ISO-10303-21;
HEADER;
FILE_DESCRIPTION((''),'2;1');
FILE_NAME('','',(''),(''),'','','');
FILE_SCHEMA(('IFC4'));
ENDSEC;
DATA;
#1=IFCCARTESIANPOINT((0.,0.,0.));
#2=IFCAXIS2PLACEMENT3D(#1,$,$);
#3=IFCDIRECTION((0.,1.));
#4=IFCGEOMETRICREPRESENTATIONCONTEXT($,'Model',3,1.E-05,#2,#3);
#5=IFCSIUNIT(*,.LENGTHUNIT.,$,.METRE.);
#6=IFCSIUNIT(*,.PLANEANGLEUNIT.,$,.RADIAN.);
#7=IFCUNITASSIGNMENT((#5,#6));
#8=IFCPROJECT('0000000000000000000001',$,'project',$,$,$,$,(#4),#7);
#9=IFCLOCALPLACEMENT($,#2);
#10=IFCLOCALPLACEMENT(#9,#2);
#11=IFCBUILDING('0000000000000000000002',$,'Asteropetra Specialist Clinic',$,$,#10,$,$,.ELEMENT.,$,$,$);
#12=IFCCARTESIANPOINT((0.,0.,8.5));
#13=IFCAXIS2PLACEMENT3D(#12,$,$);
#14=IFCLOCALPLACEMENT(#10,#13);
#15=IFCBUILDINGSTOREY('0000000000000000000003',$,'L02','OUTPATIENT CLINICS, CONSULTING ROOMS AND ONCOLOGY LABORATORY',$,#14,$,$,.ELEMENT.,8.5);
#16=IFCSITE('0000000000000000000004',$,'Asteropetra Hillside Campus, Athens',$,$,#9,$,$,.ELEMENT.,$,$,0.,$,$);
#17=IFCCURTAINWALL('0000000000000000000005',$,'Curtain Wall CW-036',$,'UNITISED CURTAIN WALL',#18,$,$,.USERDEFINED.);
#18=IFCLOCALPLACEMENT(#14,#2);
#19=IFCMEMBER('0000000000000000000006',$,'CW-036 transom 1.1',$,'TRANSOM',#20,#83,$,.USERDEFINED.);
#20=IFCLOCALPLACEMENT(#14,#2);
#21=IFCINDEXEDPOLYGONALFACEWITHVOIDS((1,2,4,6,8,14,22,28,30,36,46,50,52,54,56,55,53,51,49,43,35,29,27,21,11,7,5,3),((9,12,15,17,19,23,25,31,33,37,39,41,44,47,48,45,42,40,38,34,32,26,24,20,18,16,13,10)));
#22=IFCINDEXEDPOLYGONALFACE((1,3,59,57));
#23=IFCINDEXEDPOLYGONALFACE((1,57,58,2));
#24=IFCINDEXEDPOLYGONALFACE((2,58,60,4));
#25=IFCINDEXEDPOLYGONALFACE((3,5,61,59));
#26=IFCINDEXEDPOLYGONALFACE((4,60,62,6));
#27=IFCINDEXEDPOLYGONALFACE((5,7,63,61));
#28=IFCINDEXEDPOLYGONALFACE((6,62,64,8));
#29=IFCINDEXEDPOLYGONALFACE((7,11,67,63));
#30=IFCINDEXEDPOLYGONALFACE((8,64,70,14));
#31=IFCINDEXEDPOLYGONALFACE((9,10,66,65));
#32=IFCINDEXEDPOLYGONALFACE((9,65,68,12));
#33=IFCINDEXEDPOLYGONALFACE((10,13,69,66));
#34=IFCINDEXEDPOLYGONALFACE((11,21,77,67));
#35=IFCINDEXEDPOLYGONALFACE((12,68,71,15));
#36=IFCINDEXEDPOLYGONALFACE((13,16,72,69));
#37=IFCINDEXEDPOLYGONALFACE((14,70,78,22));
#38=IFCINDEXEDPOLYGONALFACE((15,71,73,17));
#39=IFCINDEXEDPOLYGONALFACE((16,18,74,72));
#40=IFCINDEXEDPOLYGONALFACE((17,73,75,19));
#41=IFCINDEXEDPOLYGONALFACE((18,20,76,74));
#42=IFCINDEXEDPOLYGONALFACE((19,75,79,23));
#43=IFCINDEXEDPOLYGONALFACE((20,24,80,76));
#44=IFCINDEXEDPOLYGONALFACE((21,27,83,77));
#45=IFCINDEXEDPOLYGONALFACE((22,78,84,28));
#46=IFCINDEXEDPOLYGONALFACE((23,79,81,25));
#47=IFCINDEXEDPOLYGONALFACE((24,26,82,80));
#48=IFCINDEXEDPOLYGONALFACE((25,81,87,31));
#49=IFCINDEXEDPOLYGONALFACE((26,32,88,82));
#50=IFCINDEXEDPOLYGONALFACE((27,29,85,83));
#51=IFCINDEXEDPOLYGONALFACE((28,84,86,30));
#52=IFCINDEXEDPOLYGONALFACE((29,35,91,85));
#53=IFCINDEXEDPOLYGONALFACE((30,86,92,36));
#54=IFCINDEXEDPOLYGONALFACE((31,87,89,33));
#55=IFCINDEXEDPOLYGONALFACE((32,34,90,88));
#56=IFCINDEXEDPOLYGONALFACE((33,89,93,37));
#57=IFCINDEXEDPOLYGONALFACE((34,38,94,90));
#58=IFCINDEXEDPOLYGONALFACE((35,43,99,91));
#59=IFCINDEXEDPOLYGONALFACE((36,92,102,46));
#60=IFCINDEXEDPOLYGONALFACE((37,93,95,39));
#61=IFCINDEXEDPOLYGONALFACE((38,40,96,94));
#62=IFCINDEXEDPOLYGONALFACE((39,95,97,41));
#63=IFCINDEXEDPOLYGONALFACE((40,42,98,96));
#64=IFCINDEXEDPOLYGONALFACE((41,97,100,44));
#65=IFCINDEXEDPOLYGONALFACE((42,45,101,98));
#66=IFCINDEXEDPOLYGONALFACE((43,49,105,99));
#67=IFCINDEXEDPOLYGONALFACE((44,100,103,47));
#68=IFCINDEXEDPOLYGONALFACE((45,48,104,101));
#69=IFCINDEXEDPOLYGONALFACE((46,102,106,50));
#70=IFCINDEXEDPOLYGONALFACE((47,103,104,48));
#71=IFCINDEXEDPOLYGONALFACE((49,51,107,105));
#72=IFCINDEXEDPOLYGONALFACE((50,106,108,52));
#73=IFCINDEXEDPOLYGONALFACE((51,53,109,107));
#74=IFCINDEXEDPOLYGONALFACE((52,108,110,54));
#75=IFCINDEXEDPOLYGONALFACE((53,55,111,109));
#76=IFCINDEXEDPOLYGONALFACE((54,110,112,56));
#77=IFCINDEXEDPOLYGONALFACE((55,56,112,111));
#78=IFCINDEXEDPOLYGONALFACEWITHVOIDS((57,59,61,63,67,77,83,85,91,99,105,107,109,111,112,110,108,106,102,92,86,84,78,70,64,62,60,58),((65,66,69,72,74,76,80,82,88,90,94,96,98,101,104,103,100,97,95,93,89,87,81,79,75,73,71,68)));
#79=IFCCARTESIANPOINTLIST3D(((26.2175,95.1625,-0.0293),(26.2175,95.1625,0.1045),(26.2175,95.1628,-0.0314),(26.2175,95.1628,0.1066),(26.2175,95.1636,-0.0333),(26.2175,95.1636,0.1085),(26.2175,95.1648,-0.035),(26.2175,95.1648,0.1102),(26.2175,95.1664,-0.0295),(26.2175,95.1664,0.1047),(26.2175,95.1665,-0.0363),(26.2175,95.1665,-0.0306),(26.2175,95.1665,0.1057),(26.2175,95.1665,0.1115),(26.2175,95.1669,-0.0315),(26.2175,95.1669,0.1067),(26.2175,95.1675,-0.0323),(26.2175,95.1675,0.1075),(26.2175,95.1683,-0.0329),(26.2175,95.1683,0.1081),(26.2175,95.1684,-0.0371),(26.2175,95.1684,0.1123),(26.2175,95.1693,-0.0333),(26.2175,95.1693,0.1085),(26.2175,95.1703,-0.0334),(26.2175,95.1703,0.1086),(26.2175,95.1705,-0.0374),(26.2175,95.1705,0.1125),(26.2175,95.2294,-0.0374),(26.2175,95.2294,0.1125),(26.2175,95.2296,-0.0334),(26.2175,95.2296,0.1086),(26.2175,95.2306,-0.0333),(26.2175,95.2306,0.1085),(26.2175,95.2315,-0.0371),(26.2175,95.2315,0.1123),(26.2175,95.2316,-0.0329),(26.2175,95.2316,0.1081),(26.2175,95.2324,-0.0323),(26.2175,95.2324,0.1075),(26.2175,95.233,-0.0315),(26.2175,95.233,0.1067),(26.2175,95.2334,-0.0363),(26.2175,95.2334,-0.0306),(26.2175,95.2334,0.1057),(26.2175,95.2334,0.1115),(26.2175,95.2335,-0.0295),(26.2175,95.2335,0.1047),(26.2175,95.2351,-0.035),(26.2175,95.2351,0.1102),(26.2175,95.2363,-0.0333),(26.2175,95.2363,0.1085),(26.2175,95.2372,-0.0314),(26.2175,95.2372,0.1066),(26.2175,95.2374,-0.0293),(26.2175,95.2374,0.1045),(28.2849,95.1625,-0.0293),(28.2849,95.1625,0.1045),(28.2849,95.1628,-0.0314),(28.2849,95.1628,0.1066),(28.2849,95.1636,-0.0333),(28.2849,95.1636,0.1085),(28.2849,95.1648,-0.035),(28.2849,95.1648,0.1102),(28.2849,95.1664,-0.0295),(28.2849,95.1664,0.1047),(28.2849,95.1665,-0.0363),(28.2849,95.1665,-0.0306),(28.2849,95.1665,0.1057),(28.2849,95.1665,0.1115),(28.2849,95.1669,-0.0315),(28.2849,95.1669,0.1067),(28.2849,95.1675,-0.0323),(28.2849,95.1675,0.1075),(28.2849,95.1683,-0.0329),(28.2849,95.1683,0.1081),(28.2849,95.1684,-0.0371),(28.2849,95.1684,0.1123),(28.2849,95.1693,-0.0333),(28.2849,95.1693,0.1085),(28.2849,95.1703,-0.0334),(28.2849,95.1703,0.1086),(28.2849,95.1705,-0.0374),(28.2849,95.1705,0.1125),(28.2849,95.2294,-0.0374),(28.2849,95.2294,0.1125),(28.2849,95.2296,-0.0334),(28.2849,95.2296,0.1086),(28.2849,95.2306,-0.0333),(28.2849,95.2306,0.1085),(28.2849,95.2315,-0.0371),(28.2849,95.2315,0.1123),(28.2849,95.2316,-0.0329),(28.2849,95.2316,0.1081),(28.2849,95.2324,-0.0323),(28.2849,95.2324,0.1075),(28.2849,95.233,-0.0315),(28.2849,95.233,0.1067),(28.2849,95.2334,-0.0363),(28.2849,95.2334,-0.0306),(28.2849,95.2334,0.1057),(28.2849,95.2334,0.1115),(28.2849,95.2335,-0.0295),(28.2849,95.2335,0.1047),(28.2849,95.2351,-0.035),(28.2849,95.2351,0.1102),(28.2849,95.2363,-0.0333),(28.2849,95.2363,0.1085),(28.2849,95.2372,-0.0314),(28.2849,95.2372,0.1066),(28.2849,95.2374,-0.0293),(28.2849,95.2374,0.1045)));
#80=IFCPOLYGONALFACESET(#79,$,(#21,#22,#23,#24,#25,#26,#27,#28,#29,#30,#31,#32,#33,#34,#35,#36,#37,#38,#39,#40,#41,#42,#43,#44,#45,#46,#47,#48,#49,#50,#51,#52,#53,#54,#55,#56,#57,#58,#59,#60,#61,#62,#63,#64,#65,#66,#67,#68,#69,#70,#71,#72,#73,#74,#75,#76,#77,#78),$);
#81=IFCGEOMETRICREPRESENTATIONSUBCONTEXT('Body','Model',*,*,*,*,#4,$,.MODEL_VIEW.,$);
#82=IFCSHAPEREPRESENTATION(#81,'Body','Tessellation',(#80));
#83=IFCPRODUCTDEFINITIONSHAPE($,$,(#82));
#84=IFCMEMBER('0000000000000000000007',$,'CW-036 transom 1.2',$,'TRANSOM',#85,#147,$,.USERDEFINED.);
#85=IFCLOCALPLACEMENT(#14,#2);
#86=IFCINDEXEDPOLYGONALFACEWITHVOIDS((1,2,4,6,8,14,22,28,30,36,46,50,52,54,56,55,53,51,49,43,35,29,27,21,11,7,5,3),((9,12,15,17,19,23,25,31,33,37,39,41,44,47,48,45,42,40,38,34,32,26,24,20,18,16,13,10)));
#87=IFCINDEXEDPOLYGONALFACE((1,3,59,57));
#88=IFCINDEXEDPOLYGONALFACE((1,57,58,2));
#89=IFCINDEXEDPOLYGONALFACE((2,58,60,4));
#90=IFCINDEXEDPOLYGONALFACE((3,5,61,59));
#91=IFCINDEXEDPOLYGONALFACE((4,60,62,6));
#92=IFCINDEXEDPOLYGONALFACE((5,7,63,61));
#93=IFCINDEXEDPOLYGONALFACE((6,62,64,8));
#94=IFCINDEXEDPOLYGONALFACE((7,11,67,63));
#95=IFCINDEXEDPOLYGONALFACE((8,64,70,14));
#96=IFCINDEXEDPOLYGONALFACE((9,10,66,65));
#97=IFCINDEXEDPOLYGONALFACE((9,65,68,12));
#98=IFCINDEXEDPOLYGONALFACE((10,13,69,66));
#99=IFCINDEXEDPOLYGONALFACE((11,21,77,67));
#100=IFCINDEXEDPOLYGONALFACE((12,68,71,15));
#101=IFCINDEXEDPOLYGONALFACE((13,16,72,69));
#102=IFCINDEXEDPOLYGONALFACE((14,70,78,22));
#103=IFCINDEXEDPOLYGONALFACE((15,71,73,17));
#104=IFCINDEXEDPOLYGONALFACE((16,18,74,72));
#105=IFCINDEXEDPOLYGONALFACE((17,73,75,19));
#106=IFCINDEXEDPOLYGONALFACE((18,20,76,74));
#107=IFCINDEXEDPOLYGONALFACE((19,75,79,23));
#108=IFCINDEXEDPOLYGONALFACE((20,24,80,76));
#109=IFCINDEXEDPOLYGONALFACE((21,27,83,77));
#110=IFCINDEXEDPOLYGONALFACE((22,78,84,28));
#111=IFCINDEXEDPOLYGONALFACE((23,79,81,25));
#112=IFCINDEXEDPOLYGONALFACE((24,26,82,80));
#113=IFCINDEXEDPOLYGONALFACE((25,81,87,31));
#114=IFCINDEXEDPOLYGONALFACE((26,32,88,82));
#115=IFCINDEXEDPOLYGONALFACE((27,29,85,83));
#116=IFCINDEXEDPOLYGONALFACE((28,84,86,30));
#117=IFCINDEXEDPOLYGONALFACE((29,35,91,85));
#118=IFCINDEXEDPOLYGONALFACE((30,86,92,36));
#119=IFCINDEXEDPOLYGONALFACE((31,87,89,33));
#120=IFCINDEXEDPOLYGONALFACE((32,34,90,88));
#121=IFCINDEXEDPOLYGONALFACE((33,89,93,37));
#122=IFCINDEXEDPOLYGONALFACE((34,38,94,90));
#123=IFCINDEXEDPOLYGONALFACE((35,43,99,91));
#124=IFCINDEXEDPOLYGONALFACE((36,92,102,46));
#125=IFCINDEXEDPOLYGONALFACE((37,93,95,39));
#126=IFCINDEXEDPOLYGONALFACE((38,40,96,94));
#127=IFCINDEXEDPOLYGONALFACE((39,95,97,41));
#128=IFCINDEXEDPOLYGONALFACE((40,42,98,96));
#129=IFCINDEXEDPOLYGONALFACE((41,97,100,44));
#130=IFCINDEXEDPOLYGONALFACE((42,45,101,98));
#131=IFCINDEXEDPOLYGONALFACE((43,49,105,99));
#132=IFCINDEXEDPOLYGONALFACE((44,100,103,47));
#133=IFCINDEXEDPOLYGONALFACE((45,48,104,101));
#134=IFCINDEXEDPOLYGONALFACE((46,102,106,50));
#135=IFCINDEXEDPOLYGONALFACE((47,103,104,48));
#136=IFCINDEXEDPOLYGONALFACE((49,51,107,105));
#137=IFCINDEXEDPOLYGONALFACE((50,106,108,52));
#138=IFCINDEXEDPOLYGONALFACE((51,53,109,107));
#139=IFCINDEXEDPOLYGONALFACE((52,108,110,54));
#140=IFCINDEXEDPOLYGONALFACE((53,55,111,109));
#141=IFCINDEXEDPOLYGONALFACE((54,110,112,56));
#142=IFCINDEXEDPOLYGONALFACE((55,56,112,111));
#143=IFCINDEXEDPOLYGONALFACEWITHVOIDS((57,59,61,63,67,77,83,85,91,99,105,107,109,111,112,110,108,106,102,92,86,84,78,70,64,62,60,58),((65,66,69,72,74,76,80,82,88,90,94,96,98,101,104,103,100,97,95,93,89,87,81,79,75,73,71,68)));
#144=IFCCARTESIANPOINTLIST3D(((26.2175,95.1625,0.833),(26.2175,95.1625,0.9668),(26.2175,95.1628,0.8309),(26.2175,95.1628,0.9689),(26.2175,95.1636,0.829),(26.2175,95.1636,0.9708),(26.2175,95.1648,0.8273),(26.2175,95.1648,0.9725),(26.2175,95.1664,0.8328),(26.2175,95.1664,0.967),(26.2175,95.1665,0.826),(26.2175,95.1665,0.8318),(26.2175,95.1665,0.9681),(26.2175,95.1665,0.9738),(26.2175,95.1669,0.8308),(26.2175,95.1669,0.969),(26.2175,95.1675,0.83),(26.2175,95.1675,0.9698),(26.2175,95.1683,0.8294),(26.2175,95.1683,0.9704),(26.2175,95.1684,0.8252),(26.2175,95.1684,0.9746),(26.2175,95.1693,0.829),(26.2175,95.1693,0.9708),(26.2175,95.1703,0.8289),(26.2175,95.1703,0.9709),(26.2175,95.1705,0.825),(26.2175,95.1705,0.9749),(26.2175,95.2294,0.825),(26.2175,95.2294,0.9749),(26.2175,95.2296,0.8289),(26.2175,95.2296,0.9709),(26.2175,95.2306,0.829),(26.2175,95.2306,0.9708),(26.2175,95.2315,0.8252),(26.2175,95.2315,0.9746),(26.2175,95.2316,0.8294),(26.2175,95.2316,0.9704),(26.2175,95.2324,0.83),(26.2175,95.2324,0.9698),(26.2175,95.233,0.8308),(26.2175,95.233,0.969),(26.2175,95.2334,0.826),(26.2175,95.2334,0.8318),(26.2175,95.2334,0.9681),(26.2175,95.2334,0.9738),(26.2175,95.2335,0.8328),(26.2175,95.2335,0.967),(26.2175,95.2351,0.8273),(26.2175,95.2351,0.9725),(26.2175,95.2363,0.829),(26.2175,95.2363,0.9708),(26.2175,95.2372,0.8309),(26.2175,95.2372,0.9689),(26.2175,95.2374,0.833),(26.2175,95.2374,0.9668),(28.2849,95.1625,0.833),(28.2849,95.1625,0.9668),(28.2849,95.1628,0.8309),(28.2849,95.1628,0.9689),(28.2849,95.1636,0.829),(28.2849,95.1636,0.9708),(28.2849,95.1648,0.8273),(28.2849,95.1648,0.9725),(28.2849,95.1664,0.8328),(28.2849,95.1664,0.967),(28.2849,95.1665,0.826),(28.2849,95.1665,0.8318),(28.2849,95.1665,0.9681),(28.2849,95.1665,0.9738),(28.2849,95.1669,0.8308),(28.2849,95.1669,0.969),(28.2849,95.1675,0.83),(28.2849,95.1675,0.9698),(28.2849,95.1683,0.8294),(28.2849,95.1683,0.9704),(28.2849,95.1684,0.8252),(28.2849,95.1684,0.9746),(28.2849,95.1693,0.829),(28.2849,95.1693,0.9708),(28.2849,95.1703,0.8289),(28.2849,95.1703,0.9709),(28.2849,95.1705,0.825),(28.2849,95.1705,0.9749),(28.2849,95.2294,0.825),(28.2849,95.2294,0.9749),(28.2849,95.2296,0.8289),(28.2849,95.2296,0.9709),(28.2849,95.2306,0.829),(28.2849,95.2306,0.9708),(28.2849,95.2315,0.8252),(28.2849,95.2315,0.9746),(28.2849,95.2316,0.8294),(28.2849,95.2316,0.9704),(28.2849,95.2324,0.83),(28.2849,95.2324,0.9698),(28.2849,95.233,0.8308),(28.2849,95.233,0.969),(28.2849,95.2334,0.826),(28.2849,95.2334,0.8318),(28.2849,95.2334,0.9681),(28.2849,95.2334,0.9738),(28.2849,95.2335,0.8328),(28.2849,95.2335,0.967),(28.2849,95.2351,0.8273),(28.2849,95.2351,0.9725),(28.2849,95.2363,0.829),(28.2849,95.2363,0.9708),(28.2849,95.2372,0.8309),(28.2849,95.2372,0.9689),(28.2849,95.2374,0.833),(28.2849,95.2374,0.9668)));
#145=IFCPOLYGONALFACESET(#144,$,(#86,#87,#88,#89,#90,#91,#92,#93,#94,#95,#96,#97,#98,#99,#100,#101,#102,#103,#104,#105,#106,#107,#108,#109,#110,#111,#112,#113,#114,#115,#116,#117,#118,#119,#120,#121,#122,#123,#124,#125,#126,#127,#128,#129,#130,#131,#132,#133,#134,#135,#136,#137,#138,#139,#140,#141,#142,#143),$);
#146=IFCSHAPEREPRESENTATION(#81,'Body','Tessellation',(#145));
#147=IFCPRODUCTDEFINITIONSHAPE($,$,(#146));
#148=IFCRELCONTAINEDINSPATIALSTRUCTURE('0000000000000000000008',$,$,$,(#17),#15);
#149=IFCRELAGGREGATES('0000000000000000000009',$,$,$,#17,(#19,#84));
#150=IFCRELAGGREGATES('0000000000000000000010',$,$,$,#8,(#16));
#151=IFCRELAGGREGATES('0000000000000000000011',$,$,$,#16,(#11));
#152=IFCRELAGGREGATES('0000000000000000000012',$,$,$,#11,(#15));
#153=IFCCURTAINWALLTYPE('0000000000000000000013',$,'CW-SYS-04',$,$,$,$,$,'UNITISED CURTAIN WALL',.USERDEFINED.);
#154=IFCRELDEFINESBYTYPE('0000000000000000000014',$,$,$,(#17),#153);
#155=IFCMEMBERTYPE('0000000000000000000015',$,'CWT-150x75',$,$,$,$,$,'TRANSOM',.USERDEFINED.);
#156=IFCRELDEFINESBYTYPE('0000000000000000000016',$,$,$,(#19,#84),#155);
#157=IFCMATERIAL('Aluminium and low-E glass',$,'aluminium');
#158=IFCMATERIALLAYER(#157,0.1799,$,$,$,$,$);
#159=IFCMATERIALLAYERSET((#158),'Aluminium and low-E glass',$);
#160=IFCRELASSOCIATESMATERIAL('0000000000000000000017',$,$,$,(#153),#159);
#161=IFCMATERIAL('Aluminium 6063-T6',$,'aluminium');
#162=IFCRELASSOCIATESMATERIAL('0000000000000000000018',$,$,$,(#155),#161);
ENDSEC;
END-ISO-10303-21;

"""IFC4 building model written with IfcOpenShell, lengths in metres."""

from ifc_helpers import new_model, si_unit, direction, frame, origin, origin_2d, place, context, subcontext, project, spatial, hollow_rectangle, extrude, material, layer, layer_set, material_profile, profile_set, type_object, element, aggregate, save


model = new_model("IFC4")

# Units and contexts
model_context = context("Model", 3, precision=1e-05, world=origin(), true_north=direction((0.0, 1.0)))
body_context = subcontext(model_context, "Body", "Model", "MODEL_VIEW")
ifc_project = project(units=[si_unit("LENGTHUNIT", "METRE"), si_unit("PLANEANGLEUNIT", "RADIAN")], contexts=[model_context])

# Site, building, storey
site_placement = place(None, origin())
site = spatial("IfcSite", under=ifc_project, at=site_placement, Name="Asteropetra Hillside Campus, Athens", CompositionType="ELEMENT", RefElevation=0.0)
building_placement = place(site_placement, origin())
building = spatial("IfcBuilding", under=site, at=building_placement, Name="Asteropetra Specialist Clinic", CompositionType="ELEMENT")
storey_placement = place(building_placement, frame((0.0, 0.0, 8.5)))
storey = spatial("IfcBuildingStorey", under=building, at=storey_placement, Name="L02", Description="OUTPATIENT CLINICS, CONSULTING ROOMS AND ONCOLOGY LABORATORY", CompositionType="ELEMENT", Elevation=8.5)

# Curtain wall, members
ifc_material_1 = material(Name="Aluminium and low-E glass", Category="aluminium")
ifc_layer_1 = layer(ifc_material_1, 0.1799)
ifc_layer_set_1 = layer_set([ifc_layer_1], Name="Aluminium and low-E glass")
curtain_wall_type = type_object("IfcCurtainWallType", Name="CW-SYS-04", ElementType="UNITISED CURTAIN WALL", PredefinedType="USERDEFINED", material=ifc_layer_set_1)
curtain_wall_placement = place(storey_placement, origin())
curtain_wall = element("IfcCurtainWall", 1, at=curtain_wall_placement, inside=storey, type_object=curtain_wall_type, Name="Curtain Wall CW-036", ObjectType="UNITISED CURTAIN WALL", PredefinedType="USERDEFINED")
ifc_material_2 = material(Name="Aluminium 6063-T6", Category="aluminium")
ifc_material_profile_1 = material_profile(ifc_material_2, hollow_rectangle(XDim=0.075, YDim=0.1499, WallThickness=0.0039, InnerFilletRadius=0.0039, OuterFilletRadius=0.0081, at=origin_2d()), Name="TRN 150x75x4.0")
ifc_profile_set_1 = profile_set([ifc_material_profile_1], Name="Aluminium 6063-T6")
member_type_1 = type_object("IfcMemberType", Name="CWT-150x75", ElementType="TRANSOM", PredefinedType="USERDEFINED", material=ifc_profile_set_1)
member_1_placement = place(storey_placement, frame((28.2849, 95.2, 0.0376), z_axis=(-1.0, 0.0, 0.0), x_axis=(0.0, -1.0, 0.0)))
member_1 = element("IfcMember", 2, at=member_1_placement, type_object=member_type_1, Name="CW-036 transom 1.1", ObjectType="TRANSOM", PredefinedType="USERDEFINED", context=body_context, shape_type="SweptSolid", body=[
    extrude(hollow_rectangle(XDim=0.075, YDim=0.1499, WallThickness=0.0039, InnerFilletRadius=0.0039, OuterFilletRadius=0.0081, at=origin_2d()), origin(), (0.0, 0.0, 1.0), 2.0674),
])
member_2_placement = place(storey_placement, frame((28.2849, 95.2, 0.8999), z_axis=(-1.0, 0.0, 0.0), x_axis=(0.0, -1.0, 0.0)))
member_2 = element("IfcMember", 3, at=member_2_placement, type_object=member_type_1, Name="CW-036 transom 1.2", ObjectType="TRANSOM", PredefinedType="USERDEFINED", context=body_context, shape_type="SweptSolid", body=[
    extrude(hollow_rectangle(XDim=0.075, YDim=0.1499, WallThickness=0.0039, InnerFilletRadius=0.0039, OuterFilletRadius=0.0081, at=origin_2d()), origin(), (0.0, 0.0, 1.0), 2.0674),
])
aggregate(curtain_wall, [member_1, member_2])

save(model, "model.ifc")
